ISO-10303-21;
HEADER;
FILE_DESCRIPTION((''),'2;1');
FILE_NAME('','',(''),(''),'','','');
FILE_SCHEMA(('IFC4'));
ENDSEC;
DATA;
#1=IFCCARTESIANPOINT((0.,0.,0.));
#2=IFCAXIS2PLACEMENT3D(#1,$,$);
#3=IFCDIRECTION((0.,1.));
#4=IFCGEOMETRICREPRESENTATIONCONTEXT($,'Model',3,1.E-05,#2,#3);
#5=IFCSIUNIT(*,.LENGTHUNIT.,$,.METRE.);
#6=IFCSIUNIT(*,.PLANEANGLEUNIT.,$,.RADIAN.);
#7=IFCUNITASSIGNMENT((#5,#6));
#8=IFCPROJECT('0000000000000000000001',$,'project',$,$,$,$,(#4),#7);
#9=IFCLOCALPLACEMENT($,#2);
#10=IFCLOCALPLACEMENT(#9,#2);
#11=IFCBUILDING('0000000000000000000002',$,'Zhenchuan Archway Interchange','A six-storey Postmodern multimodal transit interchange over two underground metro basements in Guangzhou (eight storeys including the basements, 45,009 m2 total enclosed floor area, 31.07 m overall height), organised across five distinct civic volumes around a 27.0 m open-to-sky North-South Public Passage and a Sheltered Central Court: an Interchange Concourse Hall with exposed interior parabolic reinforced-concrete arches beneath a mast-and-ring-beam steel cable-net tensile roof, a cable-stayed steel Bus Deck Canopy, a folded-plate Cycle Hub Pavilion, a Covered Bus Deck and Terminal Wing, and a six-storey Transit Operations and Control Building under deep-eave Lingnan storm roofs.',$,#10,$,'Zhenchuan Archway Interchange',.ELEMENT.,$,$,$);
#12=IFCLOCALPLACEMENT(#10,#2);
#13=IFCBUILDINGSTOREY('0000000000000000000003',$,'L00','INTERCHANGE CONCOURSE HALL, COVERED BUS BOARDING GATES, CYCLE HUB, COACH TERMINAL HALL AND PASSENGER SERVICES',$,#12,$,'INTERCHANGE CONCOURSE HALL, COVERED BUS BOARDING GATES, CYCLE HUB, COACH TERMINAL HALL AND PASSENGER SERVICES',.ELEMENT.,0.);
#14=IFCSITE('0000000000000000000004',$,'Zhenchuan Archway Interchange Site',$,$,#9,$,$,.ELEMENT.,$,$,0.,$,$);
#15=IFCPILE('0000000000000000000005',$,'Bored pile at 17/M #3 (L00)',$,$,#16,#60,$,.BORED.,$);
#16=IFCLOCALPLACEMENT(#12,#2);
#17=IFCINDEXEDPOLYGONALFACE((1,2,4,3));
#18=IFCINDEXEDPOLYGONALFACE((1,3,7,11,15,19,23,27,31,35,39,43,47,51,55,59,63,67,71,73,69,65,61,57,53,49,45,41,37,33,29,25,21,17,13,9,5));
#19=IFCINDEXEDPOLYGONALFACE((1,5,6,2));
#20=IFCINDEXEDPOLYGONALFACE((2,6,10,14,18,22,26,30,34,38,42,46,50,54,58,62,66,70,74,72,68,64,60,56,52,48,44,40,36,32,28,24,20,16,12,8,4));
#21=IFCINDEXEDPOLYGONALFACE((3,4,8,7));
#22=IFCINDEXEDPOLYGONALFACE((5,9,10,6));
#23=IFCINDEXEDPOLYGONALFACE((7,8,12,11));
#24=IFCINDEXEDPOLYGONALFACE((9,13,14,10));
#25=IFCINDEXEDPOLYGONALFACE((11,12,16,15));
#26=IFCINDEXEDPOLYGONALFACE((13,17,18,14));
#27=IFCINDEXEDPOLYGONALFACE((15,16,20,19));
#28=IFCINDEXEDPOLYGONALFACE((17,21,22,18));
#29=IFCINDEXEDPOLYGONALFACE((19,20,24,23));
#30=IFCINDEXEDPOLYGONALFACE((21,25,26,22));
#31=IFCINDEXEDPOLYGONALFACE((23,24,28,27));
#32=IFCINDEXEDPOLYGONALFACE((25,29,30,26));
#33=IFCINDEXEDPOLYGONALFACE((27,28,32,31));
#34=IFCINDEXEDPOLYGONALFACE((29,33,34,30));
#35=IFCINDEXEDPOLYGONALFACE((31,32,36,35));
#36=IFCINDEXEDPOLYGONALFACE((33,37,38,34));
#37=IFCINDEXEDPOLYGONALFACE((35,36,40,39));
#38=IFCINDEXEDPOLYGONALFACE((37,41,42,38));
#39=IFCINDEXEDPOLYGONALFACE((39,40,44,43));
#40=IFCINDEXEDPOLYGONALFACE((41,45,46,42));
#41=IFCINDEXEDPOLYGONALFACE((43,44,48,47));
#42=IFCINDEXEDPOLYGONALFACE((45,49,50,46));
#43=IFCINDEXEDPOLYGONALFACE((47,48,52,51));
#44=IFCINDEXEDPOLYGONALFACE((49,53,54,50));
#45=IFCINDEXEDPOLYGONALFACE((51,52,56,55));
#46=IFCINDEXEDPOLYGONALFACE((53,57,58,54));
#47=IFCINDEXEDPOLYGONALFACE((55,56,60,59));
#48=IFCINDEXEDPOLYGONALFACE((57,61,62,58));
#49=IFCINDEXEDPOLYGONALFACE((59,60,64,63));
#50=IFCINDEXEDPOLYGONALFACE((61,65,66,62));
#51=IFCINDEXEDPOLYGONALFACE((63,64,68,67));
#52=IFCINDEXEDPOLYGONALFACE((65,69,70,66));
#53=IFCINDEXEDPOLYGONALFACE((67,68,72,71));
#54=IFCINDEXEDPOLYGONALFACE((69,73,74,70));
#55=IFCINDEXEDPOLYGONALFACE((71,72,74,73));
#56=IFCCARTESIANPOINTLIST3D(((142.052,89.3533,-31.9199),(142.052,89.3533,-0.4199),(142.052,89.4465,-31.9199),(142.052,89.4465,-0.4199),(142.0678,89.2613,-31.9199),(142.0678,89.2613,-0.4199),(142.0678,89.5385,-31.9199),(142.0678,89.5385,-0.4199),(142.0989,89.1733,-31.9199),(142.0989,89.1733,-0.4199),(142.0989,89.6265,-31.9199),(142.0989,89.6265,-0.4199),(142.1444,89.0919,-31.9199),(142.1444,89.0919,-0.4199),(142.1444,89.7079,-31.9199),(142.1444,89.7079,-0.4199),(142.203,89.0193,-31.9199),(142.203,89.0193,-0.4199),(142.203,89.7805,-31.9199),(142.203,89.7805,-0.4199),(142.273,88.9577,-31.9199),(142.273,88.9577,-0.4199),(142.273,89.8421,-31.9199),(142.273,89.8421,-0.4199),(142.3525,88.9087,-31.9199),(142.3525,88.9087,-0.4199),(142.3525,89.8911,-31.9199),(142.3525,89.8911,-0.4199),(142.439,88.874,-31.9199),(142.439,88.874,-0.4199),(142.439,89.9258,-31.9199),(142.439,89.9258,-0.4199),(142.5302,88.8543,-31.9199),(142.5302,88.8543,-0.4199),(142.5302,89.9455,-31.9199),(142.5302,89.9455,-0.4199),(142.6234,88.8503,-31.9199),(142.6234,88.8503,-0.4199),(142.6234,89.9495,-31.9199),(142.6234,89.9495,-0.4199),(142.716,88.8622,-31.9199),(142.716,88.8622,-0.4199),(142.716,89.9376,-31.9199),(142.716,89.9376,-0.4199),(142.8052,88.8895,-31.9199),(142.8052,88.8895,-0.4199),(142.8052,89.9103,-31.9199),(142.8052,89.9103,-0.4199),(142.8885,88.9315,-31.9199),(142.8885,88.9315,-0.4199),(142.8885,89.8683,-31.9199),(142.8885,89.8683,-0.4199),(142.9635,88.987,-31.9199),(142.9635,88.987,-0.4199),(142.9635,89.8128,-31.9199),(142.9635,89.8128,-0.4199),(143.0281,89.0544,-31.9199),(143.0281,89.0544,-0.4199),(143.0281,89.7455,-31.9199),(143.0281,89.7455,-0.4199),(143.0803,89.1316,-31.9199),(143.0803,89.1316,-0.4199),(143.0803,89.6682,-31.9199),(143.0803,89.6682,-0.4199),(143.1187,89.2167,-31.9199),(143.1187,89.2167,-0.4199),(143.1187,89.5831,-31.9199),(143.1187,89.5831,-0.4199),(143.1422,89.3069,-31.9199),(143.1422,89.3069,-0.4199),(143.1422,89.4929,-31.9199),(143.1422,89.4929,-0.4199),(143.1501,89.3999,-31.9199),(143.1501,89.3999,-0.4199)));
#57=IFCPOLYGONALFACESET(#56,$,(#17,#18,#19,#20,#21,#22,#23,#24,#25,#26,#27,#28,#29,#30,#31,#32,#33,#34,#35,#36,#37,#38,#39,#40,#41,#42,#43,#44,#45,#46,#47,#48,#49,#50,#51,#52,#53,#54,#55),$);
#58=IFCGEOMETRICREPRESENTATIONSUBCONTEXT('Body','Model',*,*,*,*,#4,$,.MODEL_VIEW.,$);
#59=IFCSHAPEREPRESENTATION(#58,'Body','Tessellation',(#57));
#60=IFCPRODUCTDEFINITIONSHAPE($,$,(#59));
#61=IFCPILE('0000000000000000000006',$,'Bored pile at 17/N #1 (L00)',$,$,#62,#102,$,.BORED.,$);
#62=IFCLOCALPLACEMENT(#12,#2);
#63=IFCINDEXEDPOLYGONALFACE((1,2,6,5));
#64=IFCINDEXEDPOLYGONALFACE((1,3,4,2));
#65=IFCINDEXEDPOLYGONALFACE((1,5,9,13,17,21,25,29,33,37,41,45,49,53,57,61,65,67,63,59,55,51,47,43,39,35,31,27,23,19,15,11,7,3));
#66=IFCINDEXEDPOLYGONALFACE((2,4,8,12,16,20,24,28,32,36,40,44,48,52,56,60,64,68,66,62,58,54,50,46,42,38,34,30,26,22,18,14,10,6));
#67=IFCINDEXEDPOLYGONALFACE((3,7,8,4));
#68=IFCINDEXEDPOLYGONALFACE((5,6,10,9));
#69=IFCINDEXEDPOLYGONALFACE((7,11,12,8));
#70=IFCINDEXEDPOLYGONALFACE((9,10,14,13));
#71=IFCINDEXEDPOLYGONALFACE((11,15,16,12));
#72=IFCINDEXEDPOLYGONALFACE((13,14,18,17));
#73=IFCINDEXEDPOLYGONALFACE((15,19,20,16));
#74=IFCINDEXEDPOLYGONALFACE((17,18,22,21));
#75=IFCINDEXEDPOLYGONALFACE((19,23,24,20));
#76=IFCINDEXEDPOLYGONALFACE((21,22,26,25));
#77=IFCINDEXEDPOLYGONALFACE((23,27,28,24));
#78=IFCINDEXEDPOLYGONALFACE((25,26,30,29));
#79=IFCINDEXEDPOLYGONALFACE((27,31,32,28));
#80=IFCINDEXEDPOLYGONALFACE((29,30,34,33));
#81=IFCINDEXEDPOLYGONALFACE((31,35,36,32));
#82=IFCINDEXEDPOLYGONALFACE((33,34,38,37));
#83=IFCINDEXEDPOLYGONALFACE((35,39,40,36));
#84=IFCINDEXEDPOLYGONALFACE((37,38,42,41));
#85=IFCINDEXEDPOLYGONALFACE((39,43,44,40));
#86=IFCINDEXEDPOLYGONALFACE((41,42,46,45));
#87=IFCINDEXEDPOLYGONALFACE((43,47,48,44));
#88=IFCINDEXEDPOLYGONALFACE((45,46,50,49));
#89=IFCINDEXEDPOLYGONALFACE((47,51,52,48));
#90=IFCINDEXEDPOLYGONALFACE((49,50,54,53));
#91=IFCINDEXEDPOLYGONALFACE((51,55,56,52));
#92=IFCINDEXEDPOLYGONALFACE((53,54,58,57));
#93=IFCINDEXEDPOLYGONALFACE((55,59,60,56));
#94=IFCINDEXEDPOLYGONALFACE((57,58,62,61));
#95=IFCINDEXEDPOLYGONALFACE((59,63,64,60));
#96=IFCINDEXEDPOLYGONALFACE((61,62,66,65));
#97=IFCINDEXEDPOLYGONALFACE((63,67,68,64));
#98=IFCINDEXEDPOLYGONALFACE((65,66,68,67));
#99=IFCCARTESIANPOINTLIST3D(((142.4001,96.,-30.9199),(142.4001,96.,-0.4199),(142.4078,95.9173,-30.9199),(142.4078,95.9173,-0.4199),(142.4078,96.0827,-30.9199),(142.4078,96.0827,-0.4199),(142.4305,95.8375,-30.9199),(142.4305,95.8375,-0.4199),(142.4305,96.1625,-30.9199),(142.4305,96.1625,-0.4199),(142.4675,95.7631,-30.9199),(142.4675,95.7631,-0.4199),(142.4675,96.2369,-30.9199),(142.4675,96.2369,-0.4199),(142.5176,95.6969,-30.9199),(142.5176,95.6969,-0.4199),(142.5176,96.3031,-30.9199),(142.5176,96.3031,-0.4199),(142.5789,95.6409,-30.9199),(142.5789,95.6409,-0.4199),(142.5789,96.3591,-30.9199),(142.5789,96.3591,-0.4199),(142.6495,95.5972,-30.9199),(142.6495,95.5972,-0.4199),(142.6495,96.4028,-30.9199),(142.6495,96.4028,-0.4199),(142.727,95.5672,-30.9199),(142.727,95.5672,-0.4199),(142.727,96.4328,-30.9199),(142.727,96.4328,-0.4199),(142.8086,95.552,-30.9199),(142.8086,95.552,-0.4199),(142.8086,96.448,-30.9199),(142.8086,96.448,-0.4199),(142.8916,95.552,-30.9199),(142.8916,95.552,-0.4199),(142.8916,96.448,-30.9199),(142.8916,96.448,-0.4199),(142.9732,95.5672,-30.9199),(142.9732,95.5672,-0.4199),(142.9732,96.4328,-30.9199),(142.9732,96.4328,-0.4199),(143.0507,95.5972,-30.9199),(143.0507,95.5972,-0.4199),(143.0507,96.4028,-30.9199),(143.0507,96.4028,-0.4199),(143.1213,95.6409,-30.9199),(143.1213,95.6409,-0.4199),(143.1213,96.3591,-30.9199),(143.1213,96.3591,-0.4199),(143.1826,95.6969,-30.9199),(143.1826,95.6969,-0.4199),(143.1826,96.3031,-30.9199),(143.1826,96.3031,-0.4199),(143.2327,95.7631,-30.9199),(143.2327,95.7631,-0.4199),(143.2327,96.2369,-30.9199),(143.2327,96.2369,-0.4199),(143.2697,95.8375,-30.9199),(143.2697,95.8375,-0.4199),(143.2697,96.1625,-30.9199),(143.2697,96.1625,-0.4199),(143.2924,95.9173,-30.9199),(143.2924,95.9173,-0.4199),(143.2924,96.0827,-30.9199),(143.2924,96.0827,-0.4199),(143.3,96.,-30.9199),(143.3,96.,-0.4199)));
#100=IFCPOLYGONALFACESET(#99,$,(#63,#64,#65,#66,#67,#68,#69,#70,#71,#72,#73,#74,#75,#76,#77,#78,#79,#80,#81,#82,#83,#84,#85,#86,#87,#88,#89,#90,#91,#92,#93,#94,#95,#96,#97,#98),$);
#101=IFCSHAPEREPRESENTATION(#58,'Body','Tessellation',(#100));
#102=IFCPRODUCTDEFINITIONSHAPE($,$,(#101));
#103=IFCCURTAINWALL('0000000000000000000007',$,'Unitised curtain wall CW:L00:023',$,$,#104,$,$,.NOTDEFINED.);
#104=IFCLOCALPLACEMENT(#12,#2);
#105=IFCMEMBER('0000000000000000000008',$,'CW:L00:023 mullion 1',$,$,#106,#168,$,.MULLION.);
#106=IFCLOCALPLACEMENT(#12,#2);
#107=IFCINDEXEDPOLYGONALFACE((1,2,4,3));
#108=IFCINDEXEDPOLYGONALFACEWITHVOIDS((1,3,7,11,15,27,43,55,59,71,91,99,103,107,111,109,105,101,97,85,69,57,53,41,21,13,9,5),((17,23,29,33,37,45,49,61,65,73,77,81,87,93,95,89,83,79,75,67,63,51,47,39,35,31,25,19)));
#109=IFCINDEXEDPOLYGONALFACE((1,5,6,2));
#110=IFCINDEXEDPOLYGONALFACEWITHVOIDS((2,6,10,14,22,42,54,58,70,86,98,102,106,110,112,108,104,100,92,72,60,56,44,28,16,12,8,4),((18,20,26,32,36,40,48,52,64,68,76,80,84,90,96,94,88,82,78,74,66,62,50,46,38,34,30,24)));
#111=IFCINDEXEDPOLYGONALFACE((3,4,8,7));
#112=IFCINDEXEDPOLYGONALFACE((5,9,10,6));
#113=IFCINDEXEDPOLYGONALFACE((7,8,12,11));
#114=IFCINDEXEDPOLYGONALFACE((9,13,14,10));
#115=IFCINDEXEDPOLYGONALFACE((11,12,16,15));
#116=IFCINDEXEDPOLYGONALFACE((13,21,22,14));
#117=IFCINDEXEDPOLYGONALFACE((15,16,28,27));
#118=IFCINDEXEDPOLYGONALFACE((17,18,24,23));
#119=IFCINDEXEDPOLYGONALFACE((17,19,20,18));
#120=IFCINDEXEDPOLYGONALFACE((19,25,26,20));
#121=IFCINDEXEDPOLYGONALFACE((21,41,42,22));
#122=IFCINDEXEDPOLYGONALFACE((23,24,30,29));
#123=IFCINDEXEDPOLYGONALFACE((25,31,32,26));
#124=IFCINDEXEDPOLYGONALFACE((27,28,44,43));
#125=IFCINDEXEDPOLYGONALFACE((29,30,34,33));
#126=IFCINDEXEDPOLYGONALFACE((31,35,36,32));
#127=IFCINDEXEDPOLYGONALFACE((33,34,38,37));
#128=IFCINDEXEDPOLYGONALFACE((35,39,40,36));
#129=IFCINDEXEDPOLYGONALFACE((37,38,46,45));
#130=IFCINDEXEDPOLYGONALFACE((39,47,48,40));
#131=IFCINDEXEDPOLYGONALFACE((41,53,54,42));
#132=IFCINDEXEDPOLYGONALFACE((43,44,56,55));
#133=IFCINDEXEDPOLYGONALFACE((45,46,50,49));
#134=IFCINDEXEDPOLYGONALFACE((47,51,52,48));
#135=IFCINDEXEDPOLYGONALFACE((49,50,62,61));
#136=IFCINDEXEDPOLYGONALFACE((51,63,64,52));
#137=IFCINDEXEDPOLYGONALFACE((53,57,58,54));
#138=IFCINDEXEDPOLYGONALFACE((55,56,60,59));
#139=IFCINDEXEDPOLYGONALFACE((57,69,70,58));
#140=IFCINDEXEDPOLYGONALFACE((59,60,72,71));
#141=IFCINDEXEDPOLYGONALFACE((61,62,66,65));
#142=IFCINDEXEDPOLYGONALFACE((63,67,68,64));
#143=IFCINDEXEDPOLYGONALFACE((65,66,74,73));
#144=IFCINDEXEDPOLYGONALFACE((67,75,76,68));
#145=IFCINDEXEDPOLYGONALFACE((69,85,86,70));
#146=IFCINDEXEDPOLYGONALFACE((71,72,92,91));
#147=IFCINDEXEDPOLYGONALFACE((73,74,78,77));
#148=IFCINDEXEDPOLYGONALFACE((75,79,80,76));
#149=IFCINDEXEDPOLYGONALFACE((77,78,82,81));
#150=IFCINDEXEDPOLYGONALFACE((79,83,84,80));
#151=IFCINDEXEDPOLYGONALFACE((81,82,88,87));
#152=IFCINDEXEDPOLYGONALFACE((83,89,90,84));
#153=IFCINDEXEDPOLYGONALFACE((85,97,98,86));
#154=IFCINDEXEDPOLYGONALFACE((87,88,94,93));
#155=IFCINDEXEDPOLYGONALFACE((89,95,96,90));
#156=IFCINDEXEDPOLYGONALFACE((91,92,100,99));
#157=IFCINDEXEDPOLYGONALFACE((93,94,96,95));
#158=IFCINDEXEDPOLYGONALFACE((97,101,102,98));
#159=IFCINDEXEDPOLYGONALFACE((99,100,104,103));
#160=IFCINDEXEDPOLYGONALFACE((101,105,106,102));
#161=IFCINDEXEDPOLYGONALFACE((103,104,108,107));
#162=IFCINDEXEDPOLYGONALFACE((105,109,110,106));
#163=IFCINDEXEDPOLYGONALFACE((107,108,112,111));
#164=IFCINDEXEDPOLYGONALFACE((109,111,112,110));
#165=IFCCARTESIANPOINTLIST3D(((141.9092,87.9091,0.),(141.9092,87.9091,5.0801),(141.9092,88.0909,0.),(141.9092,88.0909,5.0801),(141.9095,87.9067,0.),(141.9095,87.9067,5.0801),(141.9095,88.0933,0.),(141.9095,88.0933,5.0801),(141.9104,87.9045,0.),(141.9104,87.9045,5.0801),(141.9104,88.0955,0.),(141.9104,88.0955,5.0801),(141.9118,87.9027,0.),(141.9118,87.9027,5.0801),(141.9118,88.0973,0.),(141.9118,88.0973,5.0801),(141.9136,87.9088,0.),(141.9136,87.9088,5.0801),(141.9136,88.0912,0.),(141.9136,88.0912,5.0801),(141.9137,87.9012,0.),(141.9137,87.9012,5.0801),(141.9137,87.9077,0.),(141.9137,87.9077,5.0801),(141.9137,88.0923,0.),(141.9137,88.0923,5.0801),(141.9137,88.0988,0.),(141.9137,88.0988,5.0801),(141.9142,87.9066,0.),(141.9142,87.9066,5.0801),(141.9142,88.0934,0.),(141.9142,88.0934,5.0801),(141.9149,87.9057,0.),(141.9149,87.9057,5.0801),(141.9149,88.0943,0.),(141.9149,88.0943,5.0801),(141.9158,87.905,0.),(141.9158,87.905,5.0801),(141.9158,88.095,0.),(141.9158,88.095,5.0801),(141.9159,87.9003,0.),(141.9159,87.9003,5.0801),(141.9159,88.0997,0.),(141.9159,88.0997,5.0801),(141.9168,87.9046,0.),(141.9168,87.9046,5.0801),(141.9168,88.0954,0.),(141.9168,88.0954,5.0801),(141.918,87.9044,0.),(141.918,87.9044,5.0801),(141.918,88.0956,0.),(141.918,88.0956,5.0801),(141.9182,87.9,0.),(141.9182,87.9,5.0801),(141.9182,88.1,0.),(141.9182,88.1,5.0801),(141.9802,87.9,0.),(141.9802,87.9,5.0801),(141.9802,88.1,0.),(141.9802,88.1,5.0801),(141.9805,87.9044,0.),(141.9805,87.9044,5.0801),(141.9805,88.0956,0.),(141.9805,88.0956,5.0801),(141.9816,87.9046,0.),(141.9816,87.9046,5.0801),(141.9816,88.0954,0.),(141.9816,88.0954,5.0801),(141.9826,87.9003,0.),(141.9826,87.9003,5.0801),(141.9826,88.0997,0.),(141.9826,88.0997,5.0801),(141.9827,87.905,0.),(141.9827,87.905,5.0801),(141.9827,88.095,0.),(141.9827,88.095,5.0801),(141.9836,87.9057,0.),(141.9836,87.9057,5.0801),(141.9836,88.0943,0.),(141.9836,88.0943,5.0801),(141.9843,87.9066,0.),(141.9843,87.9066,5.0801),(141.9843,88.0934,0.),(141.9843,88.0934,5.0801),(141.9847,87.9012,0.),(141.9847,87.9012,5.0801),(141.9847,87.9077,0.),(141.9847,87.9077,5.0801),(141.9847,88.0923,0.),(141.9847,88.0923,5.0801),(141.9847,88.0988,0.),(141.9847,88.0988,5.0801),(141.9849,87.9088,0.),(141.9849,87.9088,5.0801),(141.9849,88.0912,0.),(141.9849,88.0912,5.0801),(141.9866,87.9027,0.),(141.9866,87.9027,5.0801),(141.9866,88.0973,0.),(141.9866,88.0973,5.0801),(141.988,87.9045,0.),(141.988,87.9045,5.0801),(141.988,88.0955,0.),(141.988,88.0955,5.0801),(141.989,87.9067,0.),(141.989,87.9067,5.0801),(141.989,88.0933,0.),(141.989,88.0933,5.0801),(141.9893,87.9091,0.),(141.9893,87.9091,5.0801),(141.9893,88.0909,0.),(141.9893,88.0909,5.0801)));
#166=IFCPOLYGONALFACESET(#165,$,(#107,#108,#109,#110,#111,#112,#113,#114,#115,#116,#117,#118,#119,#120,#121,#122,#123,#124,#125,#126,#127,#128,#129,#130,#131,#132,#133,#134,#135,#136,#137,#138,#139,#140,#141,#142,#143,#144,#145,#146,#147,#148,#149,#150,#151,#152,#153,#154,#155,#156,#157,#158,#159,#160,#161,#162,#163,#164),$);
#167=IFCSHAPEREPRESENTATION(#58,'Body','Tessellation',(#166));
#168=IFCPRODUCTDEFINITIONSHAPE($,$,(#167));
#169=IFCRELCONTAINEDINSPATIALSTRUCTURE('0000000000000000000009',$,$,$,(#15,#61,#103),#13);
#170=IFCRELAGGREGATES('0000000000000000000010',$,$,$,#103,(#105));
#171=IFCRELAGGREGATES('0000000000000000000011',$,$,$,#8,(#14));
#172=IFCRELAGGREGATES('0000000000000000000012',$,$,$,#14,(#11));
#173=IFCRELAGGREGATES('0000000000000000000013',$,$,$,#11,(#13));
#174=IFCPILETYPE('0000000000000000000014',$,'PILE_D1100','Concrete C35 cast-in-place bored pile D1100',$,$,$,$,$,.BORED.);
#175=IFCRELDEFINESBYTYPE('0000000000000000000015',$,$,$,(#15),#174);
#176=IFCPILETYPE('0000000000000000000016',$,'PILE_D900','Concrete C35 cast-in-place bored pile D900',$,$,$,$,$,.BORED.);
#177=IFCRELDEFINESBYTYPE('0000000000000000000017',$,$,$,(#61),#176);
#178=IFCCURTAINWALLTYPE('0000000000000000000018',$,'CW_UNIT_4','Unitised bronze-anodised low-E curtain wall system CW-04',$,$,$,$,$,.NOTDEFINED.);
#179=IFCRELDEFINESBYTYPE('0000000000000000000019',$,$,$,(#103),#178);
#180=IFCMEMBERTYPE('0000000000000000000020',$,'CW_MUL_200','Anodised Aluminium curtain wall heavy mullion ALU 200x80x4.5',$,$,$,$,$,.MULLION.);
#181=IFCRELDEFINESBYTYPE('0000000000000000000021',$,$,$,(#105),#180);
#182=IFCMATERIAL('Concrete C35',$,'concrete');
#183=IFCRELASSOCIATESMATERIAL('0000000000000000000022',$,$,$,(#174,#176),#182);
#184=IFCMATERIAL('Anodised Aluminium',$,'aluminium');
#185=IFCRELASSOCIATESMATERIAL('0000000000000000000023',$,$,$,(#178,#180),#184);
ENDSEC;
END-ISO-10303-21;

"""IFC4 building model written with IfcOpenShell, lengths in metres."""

from ifc_helpers import new_model, si_unit, direction, frame, origin, origin_2d, place, context, subcontext, project, spatial, hollow_rectangle, circle, extrude, material, material_profile, profile_set, type_object, element, aggregate, save


model = new_model("IFC4")

# Units and contexts
model_context = context("Model", 3, precision=1e-05, world=origin(), true_north=direction((0.0, 1.0)))
body_context = subcontext(model_context, "Body", "Model", "MODEL_VIEW")
ifc_project = project(units=[si_unit("LENGTHUNIT", "METRE"), si_unit("PLANEANGLEUNIT", "RADIAN")], contexts=[model_context])

# Site, building, storey
site_placement = place(None, origin())
site = spatial("IfcSite", under=ifc_project, at=site_placement, Name="Zhenchuan Archway Interchange Site", CompositionType="ELEMENT", RefElevation=0.0)
building_placement = place(site_placement, origin())
building = spatial("IfcBuilding", under=site, at=building_placement, Name="Zhenchuan Archway Interchange", Description="A six-storey Postmodern multimodal transit interchange over two underground metro basements in Guangzhou (eight storeys including the basements, 45,009 m2 total enclosed floor area, 31.07 m overall height), organised across five distinct civic volumes around a 27.0 m open-to-sky North-South Public Passage and a Sheltered Central Court: an Interchange Concourse Hall with exposed interior parabolic reinforced-concrete arches beneath a mast-and-ring-beam steel cable-net tensile roof, a cable-stayed steel Bus Deck Canopy, a folded-plate Cycle Hub Pavilion, a Covered Bus Deck and Terminal Wing, and a six-storey Transit Operations and Control Building under deep-eave Lingnan storm roofs.", LongName="Zhenchuan Archway Interchange", CompositionType="ELEMENT")
storey_placement = place(building_placement, origin())
storey = spatial("IfcBuildingStorey", under=building, at=storey_placement, Name="L00", Description="INTERCHANGE CONCOURSE HALL, COVERED BUS BOARDING GATES, CYCLE HUB, COACH TERMINAL HALL AND PASSENGER SERVICES", LongName="INTERCHANGE CONCOURSE HALL, COVERED BUS BOARDING GATES, CYCLE HUB, COACH TERMINAL HALL AND PASSENGER SERVICES", CompositionType="ELEMENT", Elevation=0.0)

# Piles
ifc_material_1 = material(Name="Concrete C35", Category="concrete")
ifc_material_profile_1 = material_profile(ifc_material_1, circle(Radius=0.55, at=origin_2d()), Name="BORED PILE 1100")
ifc_profile_set_1 = profile_set([ifc_material_profile_1], Name="Concrete C35")
pile_type_1 = type_object("IfcPileType", Name="PILE_D1100", Description="Concrete C35 cast-in-place bored pile D1100", PredefinedType="BORED", material=ifc_profile_set_1)
pile_1_placement = place(storey_placement, frame((142.6001, 89.3999, -0.4199), z_axis=(0.0, 0.0, -1.0), x_axis=(1.0, 0.0, 0.0)))
element("IfcPile", 1, at=pile_1_placement, inside=storey, type_object=pile_type_1, Name="Bored pile at 17/M #3 (L00)", PredefinedType="BORED", context=body_context, shape_type="SweptSolid", body=[
    extrude(circle(Radius=0.55, at=origin_2d()), origin(), (0.0, 0.0, 1.0), 31.5),
])
ifc_material_profile_2 = material_profile(ifc_material_1, circle(Radius=0.45, at=origin_2d()), Name="BORED PILE 900")
ifc_profile_set_2 = profile_set([ifc_material_profile_2], Name="Concrete C35")
pile_type_2 = type_object("IfcPileType", Name="PILE_D900", Description="Concrete C35 cast-in-place bored pile D900", PredefinedType="BORED", material=ifc_profile_set_2)
pile_2_placement = place(storey_placement, frame((142.8501, 96.0, -0.4199), z_axis=(0.0, 0.0, -1.0), x_axis=(1.0, 0.0, 0.0)))
element("IfcPile", 2, at=pile_2_placement, inside=storey, type_object=pile_type_2, Name="Bored pile at 17/N #1 (L00)", PredefinedType="BORED", context=body_context, shape_type="SweptSolid", body=[
    extrude(circle(Radius=0.45, at=origin_2d()), origin(), (0.0, 0.0, 1.0), 30.5),
])

# Curtain wall, member
ifc_material_2 = material(Name="Anodised Aluminium", Category="aluminium")
curtain_wall_type = type_object("IfcCurtainWallType", Name="CW_UNIT_4", Description="Unitised bronze-anodised low-E curtain wall system CW-04", PredefinedType="NOTDEFINED", material=ifc_material_2)
curtain_wall_placement = place(storey_placement, origin())
curtain_wall = element("IfcCurtainWall", 3, at=curtain_wall_placement, inside=storey, type_object=curtain_wall_type, Name="Unitised curtain wall CW:L00:023", PredefinedType="NOTDEFINED")
ifc_material_profile_3 = material_profile(ifc_material_2, hollow_rectangle(XDim=0.0801, YDim=0.2, WallThickness=0.0044, InnerFilletRadius=0.0044, OuterFilletRadius=0.009, at=origin_2d()), Name="ALU 200x80x4.5")
ifc_profile_set_3 = profile_set([ifc_material_profile_3], Name="Anodised Aluminium")
member_type_1 = type_object("IfcMemberType", Name="CW_MUL_200", Description="Anodised Aluminium curtain wall heavy mullion ALU 200x80x4.5", PredefinedType="MULLION", material=ifc_profile_set_3)
member_1_placement = place(storey_placement, frame((141.9492, 88.0, 0.0), z_axis=(0.0, 0.0, 1.0), x_axis=(1.0, 0.0, 0.0)))
member_1 = element("IfcMember", 4, at=member_1_placement, type_object=member_type_1, Name="CW:L00:023 mullion 1", PredefinedType="MULLION", context=body_context, shape_type="SweptSolid", body=[
    extrude(hollow_rectangle(XDim=0.0801, YDim=0.2, WallThickness=0.0044, InnerFilletRadius=0.0044, OuterFilletRadius=0.009, at=origin_2d()), origin(), (0.0, 0.0, 1.0), 5.0801),
])

aggregate(curtain_wall, [member_1])

save(model, "model.ifc")
